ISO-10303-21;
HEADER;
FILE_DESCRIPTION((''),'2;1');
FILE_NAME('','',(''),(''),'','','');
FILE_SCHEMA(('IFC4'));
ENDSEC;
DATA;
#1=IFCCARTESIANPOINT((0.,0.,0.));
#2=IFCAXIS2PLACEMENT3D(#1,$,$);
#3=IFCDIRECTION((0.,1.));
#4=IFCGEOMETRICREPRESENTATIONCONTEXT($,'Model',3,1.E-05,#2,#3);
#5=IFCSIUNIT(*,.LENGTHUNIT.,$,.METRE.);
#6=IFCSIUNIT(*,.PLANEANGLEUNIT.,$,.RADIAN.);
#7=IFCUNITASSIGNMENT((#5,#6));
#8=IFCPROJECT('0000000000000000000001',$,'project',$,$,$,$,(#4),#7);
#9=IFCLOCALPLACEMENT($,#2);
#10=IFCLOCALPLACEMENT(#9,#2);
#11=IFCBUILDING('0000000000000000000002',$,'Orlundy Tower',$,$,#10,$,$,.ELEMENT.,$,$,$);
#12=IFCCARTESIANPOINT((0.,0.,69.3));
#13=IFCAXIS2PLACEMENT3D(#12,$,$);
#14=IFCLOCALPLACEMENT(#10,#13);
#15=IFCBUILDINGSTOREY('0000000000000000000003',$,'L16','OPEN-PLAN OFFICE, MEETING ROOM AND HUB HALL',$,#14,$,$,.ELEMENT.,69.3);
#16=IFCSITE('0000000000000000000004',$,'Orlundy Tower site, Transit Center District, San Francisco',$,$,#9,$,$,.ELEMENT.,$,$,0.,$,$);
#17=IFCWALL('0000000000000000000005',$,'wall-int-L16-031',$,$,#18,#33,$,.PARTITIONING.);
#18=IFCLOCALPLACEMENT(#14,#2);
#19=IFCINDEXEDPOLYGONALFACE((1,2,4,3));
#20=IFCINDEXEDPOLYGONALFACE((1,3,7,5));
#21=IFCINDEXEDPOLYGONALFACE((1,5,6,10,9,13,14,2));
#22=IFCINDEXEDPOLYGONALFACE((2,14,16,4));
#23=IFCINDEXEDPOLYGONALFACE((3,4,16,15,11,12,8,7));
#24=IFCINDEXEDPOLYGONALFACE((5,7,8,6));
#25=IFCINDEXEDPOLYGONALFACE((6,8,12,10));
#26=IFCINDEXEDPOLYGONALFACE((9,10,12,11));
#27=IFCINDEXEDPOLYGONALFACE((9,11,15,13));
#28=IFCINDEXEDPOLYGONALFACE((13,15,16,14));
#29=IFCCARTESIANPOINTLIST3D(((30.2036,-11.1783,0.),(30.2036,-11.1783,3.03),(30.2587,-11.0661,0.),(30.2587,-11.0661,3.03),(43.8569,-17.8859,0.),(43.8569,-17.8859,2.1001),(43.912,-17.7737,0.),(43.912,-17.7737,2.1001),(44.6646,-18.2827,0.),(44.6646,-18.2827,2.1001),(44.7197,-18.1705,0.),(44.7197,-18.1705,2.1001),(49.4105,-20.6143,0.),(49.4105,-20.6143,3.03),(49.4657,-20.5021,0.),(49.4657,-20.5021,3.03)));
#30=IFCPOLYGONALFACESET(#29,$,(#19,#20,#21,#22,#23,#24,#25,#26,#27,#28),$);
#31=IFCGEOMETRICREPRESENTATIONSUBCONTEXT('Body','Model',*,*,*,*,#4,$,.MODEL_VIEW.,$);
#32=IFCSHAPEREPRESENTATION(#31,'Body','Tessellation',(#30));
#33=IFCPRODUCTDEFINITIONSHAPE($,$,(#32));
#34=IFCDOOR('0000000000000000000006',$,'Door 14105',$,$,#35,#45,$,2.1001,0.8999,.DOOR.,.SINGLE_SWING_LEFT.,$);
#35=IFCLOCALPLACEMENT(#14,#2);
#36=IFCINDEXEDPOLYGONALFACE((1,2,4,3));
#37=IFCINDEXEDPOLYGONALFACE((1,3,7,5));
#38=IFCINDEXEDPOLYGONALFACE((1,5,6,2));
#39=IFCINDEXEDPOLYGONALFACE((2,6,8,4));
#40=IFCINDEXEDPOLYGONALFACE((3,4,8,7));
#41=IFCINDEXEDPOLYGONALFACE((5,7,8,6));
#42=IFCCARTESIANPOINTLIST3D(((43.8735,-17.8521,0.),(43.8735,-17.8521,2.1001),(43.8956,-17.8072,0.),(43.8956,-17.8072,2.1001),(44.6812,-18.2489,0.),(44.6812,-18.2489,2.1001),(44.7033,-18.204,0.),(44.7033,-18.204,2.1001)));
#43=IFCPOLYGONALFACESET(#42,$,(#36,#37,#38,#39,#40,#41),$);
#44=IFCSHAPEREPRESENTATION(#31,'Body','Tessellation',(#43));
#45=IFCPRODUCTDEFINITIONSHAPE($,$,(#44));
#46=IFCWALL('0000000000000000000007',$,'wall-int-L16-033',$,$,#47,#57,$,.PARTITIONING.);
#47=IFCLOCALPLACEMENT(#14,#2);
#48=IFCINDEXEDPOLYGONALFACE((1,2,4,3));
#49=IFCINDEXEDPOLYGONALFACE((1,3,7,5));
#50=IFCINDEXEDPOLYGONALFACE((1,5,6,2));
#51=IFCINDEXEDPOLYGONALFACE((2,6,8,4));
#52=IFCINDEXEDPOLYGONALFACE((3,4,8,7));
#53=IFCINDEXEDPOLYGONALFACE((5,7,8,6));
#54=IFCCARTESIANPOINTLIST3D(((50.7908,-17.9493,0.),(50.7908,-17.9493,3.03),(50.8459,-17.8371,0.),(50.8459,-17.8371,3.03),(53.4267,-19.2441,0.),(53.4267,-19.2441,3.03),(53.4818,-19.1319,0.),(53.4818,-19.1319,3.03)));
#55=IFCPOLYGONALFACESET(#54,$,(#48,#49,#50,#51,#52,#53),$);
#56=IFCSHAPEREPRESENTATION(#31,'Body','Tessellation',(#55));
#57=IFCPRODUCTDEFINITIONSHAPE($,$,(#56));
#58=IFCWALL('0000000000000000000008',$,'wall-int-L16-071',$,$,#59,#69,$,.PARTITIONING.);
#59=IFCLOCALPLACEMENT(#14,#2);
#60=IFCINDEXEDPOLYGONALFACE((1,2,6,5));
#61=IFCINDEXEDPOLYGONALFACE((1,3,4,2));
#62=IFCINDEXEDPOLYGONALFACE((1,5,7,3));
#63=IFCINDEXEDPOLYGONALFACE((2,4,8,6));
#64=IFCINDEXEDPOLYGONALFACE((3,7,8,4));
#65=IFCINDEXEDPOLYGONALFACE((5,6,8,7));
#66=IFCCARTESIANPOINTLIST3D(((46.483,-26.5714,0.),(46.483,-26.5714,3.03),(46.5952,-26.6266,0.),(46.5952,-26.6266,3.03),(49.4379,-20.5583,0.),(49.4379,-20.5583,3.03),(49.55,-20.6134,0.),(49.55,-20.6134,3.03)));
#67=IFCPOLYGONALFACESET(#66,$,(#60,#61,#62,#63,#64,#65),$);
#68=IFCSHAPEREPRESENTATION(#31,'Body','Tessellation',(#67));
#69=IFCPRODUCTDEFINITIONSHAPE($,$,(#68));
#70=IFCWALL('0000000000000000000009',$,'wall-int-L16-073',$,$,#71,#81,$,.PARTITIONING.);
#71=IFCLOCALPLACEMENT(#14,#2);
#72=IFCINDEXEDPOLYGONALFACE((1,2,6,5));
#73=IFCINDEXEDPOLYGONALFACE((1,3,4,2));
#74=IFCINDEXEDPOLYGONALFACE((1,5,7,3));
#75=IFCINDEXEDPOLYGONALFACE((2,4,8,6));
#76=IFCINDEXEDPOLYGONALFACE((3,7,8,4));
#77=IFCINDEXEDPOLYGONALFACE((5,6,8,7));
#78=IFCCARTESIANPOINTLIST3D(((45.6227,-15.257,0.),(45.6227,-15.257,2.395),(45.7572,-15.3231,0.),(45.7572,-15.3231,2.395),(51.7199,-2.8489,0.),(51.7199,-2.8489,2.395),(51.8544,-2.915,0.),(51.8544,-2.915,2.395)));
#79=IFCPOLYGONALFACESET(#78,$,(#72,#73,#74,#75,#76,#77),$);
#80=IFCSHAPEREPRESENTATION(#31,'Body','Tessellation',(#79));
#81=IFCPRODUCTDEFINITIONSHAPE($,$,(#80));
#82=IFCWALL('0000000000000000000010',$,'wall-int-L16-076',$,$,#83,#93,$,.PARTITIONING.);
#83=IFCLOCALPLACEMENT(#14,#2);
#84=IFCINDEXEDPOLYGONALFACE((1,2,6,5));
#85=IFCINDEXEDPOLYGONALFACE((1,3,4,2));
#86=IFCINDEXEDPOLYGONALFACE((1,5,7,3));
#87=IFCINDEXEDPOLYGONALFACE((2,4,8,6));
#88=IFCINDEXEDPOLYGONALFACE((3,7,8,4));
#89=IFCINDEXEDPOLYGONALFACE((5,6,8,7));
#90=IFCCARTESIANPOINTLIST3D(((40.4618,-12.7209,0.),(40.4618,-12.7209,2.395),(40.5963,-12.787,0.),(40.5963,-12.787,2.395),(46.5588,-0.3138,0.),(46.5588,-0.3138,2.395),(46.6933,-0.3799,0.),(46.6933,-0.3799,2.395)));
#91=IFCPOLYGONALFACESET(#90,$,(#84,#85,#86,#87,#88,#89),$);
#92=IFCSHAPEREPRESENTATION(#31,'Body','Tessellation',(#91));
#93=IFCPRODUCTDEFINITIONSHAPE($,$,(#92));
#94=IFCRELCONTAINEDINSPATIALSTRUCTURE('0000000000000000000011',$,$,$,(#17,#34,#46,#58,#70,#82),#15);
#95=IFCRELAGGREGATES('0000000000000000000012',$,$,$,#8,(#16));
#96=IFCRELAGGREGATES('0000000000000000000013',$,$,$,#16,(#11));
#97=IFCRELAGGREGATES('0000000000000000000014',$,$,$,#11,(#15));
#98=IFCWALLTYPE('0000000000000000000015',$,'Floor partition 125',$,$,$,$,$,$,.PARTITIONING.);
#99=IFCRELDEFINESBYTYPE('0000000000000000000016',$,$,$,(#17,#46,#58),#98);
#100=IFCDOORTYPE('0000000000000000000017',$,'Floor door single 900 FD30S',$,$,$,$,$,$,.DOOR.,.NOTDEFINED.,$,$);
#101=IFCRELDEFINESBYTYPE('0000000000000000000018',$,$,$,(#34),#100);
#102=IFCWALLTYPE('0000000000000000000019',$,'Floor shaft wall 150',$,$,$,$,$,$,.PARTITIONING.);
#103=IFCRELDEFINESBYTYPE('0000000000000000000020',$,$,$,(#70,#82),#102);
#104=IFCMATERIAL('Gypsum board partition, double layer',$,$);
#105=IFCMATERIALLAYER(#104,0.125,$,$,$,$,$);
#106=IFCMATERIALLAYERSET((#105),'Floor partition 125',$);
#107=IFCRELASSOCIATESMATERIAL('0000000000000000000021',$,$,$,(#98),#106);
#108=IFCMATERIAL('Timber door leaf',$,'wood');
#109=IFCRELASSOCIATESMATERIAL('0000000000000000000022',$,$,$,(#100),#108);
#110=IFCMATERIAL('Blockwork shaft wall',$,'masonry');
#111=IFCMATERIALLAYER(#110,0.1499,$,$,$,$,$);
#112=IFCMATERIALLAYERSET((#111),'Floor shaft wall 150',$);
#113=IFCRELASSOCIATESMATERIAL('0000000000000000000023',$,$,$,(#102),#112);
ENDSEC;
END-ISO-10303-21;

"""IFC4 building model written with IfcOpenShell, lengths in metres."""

from ifc_helpers import new_model, si_unit, direction, frame, frame_2d, origin, place, context, subcontext, project, spatial, rectangle, extrude, material, layer, layer_set, type_object, element, fill, save


model = new_model("IFC4")

# Units and contexts
model_context = context("Model", 3, precision=1e-05, world=origin(), true_north=direction((0.0, 1.0)))
body_context = subcontext(model_context, "Body", "Model", "MODEL_VIEW")
ifc_project = project(units=[si_unit("LENGTHUNIT", "METRE"), si_unit("PLANEANGLEUNIT", "RADIAN")], contexts=[model_context])

# Site, building, storey
site_placement = place(None, origin())
site = spatial("IfcSite", under=ifc_project, at=site_placement, Name="Orlundy Tower site, Transit Center District, San Francisco", CompositionType="ELEMENT", RefElevation=0.0)
building_placement = place(site_placement, origin())
building = spatial("IfcBuilding", under=site, at=building_placement, Name="Orlundy Tower", CompositionType="ELEMENT")
storey_placement = place(building_placement, frame((0.0, 0.0, 69.3)))
storey = spatial("IfcBuildingStorey", under=building, at=storey_placement, Name="L16", Description="OPEN-PLAN OFFICE, MEETING ROOM AND HUB HALL", CompositionType="ELEMENT", Elevation=69.3)

# Shared definitions
ifc_material_1 = material(Name="Gypsum board partition, double layer")
ifc_layer_1 = layer(ifc_material_1, 0.125)
ifc_layer_set_1 = layer_set([ifc_layer_1], Name="Floor partition 125")
wall_type_1 = type_object("IfcWallType", Name="Floor partition 125", PredefinedType="PARTITIONING", material=ifc_layer_set_1)
ifc_material_2 = material(Name="Timber door leaf", Category="wood")
door_type = type_object("IfcDoorType", Name="Floor door single 900 FD30S", OperationType="NOTDEFINED", PredefinedType="DOOR", material=ifc_material_2)

# Wall, opening, door
wall_1_placement = place(storey_placement, frame((49.438, -20.5581, 0.0), z_axis=(0.0, 0.0, 1.0), x_axis=(-0.897536, 0.440942, 0.0)))
wall_1 = element("IfcWall", 1, at=wall_1_placement, inside=storey, type_object=wall_type_1, Name="wall-int-L16-031", PredefinedType="PARTITIONING", context=body_context, shape_type="SweptSolid", body=[
    extrude(rectangle(XDim=21.3997, YDim=0.125, at=frame_2d((10.6997, 0.0))), origin(), (0.0, 0.0, 1.0), 3.03),
])
opening_1_placement = place(wall_1_placement, frame((5.2876, 0.0, 0.0)))
opening_1 = element("IfcOpeningElement", 2, at=opening_1_placement, cuts=wall_1, PredefinedType="OPENING", context=body_context, shape_type="SweptSolid", body=[
    extrude(rectangle(XDim=0.8999, YDim=2.1001, at=frame_2d((0.45, 1.05))), frame((0.0, 0.0725, 0.0), z_axis=(0.0, -1.0, 0.0), x_axis=(1.0, 0.0, 0.0)), (0.0, 0.0, 1.0), 0.145),
])
door_1_placement = place(opening_1_placement, origin())
door_1 = element("IfcDoor", 3, at=door_1_placement, inside=storey, type_object=door_type, Name="Door 14105", OperationType="SINGLE_SWING_LEFT", OverallHeight=2.1001, OverallWidth=0.8999, PredefinedType="DOOR", context=body_context, shape_type="SweptSolid", body=[
    extrude(rectangle(XDim=0.8999, YDim=2.1001, at=frame_2d((0.45, 1.05))), frame((0.0, 0.0249, 0.0), z_axis=(0.0, -1.0, 0.0), x_axis=(1.0, 0.0, 0.0)), (0.0, 0.0, 1.0), 0.05),
])
fill(opening_1, door_1)

# Walls
wall_2_placement = place(storey_placement, frame((53.4541, -19.188, 0.0), z_axis=(0.0, 0.0, 1.0), x_axis=(-0.897547, 0.440918, 0.0)))
element("IfcWall", 4, at=wall_2_placement, inside=storey, type_object=wall_type_1, Name="wall-int-L16-033", PredefinedType="PARTITIONING", context=body_context, shape_type="SweptSolid", body=[
    extrude(rectangle(XDim=2.9368, YDim=0.125, at=frame_2d((1.4683, 0.0))), origin(), (0.0, 0.0, 1.0), 3.03),
])
wall_3_placement = place(storey_placement, frame((46.5391, -26.5991, 0.0), z_axis=(0.0, 0.0, 1.0), x_axis=(0.441023, 0.897496, 0.0)))
element("IfcWall", 5, at=wall_3_placement, inside=storey, type_object=wall_type_1, Name="wall-int-L16-071", PredefinedType="PARTITIONING", context=body_context, shape_type="SweptSolid", body=[
    extrude(rectangle(XDim=6.7, YDim=0.125, at=frame_2d((3.3501, 0.0))), origin(), (0.0, 0.0, 1.0), 3.03),
])
ifc_material_3 = material(Name="Blockwork shaft wall", Category="masonry")
ifc_layer_2 = layer(ifc_material_3, 0.1499)
ifc_layer_set_2 = layer_set([ifc_layer_2], Name="Floor shaft wall 150")
wall_type_2 = type_object("IfcWallType", Name="Floor shaft wall 150", PredefinedType="PARTITIONING", material=ifc_layer_set_2)
wall_4_placement = place(storey_placement, frame((45.6899, -15.29, 0.0), z_axis=(0.0, 0.0, 1.0), x_axis=(0.441022, 0.897496, 0.0)))
element("IfcWall", 6, at=wall_4_placement, inside=storey, type_object=wall_type_2, Name="wall-int-L16-073", PredefinedType="PARTITIONING", context=body_context, shape_type="SweptSolid", body=[
    extrude(rectangle(XDim=13.8252, YDim=0.1499, at=frame_2d((6.9126, 0.0))), origin(), (0.0, 0.0, 1.0), 2.395),
])
wall_5_placement = place(storey_placement, frame((40.5291, -12.7539, 0.0), z_axis=(0.0, 0.0, 1.0), x_axis=(0.441036, 0.897489, 0.0)))
element("IfcWall", 7, at=wall_5_placement, inside=storey, type_object=wall_type_2, Name="wall-int-L16-076", PredefinedType="PARTITIONING", context=body_context, shape_type="SweptSolid", body=[
    extrude(rectangle(XDim=13.8242, YDim=0.1499, at=frame_2d((6.9121, 0.0))), origin(), (0.0, 0.0, 1.0), 2.395),
])

save(model, "model.ifc")
